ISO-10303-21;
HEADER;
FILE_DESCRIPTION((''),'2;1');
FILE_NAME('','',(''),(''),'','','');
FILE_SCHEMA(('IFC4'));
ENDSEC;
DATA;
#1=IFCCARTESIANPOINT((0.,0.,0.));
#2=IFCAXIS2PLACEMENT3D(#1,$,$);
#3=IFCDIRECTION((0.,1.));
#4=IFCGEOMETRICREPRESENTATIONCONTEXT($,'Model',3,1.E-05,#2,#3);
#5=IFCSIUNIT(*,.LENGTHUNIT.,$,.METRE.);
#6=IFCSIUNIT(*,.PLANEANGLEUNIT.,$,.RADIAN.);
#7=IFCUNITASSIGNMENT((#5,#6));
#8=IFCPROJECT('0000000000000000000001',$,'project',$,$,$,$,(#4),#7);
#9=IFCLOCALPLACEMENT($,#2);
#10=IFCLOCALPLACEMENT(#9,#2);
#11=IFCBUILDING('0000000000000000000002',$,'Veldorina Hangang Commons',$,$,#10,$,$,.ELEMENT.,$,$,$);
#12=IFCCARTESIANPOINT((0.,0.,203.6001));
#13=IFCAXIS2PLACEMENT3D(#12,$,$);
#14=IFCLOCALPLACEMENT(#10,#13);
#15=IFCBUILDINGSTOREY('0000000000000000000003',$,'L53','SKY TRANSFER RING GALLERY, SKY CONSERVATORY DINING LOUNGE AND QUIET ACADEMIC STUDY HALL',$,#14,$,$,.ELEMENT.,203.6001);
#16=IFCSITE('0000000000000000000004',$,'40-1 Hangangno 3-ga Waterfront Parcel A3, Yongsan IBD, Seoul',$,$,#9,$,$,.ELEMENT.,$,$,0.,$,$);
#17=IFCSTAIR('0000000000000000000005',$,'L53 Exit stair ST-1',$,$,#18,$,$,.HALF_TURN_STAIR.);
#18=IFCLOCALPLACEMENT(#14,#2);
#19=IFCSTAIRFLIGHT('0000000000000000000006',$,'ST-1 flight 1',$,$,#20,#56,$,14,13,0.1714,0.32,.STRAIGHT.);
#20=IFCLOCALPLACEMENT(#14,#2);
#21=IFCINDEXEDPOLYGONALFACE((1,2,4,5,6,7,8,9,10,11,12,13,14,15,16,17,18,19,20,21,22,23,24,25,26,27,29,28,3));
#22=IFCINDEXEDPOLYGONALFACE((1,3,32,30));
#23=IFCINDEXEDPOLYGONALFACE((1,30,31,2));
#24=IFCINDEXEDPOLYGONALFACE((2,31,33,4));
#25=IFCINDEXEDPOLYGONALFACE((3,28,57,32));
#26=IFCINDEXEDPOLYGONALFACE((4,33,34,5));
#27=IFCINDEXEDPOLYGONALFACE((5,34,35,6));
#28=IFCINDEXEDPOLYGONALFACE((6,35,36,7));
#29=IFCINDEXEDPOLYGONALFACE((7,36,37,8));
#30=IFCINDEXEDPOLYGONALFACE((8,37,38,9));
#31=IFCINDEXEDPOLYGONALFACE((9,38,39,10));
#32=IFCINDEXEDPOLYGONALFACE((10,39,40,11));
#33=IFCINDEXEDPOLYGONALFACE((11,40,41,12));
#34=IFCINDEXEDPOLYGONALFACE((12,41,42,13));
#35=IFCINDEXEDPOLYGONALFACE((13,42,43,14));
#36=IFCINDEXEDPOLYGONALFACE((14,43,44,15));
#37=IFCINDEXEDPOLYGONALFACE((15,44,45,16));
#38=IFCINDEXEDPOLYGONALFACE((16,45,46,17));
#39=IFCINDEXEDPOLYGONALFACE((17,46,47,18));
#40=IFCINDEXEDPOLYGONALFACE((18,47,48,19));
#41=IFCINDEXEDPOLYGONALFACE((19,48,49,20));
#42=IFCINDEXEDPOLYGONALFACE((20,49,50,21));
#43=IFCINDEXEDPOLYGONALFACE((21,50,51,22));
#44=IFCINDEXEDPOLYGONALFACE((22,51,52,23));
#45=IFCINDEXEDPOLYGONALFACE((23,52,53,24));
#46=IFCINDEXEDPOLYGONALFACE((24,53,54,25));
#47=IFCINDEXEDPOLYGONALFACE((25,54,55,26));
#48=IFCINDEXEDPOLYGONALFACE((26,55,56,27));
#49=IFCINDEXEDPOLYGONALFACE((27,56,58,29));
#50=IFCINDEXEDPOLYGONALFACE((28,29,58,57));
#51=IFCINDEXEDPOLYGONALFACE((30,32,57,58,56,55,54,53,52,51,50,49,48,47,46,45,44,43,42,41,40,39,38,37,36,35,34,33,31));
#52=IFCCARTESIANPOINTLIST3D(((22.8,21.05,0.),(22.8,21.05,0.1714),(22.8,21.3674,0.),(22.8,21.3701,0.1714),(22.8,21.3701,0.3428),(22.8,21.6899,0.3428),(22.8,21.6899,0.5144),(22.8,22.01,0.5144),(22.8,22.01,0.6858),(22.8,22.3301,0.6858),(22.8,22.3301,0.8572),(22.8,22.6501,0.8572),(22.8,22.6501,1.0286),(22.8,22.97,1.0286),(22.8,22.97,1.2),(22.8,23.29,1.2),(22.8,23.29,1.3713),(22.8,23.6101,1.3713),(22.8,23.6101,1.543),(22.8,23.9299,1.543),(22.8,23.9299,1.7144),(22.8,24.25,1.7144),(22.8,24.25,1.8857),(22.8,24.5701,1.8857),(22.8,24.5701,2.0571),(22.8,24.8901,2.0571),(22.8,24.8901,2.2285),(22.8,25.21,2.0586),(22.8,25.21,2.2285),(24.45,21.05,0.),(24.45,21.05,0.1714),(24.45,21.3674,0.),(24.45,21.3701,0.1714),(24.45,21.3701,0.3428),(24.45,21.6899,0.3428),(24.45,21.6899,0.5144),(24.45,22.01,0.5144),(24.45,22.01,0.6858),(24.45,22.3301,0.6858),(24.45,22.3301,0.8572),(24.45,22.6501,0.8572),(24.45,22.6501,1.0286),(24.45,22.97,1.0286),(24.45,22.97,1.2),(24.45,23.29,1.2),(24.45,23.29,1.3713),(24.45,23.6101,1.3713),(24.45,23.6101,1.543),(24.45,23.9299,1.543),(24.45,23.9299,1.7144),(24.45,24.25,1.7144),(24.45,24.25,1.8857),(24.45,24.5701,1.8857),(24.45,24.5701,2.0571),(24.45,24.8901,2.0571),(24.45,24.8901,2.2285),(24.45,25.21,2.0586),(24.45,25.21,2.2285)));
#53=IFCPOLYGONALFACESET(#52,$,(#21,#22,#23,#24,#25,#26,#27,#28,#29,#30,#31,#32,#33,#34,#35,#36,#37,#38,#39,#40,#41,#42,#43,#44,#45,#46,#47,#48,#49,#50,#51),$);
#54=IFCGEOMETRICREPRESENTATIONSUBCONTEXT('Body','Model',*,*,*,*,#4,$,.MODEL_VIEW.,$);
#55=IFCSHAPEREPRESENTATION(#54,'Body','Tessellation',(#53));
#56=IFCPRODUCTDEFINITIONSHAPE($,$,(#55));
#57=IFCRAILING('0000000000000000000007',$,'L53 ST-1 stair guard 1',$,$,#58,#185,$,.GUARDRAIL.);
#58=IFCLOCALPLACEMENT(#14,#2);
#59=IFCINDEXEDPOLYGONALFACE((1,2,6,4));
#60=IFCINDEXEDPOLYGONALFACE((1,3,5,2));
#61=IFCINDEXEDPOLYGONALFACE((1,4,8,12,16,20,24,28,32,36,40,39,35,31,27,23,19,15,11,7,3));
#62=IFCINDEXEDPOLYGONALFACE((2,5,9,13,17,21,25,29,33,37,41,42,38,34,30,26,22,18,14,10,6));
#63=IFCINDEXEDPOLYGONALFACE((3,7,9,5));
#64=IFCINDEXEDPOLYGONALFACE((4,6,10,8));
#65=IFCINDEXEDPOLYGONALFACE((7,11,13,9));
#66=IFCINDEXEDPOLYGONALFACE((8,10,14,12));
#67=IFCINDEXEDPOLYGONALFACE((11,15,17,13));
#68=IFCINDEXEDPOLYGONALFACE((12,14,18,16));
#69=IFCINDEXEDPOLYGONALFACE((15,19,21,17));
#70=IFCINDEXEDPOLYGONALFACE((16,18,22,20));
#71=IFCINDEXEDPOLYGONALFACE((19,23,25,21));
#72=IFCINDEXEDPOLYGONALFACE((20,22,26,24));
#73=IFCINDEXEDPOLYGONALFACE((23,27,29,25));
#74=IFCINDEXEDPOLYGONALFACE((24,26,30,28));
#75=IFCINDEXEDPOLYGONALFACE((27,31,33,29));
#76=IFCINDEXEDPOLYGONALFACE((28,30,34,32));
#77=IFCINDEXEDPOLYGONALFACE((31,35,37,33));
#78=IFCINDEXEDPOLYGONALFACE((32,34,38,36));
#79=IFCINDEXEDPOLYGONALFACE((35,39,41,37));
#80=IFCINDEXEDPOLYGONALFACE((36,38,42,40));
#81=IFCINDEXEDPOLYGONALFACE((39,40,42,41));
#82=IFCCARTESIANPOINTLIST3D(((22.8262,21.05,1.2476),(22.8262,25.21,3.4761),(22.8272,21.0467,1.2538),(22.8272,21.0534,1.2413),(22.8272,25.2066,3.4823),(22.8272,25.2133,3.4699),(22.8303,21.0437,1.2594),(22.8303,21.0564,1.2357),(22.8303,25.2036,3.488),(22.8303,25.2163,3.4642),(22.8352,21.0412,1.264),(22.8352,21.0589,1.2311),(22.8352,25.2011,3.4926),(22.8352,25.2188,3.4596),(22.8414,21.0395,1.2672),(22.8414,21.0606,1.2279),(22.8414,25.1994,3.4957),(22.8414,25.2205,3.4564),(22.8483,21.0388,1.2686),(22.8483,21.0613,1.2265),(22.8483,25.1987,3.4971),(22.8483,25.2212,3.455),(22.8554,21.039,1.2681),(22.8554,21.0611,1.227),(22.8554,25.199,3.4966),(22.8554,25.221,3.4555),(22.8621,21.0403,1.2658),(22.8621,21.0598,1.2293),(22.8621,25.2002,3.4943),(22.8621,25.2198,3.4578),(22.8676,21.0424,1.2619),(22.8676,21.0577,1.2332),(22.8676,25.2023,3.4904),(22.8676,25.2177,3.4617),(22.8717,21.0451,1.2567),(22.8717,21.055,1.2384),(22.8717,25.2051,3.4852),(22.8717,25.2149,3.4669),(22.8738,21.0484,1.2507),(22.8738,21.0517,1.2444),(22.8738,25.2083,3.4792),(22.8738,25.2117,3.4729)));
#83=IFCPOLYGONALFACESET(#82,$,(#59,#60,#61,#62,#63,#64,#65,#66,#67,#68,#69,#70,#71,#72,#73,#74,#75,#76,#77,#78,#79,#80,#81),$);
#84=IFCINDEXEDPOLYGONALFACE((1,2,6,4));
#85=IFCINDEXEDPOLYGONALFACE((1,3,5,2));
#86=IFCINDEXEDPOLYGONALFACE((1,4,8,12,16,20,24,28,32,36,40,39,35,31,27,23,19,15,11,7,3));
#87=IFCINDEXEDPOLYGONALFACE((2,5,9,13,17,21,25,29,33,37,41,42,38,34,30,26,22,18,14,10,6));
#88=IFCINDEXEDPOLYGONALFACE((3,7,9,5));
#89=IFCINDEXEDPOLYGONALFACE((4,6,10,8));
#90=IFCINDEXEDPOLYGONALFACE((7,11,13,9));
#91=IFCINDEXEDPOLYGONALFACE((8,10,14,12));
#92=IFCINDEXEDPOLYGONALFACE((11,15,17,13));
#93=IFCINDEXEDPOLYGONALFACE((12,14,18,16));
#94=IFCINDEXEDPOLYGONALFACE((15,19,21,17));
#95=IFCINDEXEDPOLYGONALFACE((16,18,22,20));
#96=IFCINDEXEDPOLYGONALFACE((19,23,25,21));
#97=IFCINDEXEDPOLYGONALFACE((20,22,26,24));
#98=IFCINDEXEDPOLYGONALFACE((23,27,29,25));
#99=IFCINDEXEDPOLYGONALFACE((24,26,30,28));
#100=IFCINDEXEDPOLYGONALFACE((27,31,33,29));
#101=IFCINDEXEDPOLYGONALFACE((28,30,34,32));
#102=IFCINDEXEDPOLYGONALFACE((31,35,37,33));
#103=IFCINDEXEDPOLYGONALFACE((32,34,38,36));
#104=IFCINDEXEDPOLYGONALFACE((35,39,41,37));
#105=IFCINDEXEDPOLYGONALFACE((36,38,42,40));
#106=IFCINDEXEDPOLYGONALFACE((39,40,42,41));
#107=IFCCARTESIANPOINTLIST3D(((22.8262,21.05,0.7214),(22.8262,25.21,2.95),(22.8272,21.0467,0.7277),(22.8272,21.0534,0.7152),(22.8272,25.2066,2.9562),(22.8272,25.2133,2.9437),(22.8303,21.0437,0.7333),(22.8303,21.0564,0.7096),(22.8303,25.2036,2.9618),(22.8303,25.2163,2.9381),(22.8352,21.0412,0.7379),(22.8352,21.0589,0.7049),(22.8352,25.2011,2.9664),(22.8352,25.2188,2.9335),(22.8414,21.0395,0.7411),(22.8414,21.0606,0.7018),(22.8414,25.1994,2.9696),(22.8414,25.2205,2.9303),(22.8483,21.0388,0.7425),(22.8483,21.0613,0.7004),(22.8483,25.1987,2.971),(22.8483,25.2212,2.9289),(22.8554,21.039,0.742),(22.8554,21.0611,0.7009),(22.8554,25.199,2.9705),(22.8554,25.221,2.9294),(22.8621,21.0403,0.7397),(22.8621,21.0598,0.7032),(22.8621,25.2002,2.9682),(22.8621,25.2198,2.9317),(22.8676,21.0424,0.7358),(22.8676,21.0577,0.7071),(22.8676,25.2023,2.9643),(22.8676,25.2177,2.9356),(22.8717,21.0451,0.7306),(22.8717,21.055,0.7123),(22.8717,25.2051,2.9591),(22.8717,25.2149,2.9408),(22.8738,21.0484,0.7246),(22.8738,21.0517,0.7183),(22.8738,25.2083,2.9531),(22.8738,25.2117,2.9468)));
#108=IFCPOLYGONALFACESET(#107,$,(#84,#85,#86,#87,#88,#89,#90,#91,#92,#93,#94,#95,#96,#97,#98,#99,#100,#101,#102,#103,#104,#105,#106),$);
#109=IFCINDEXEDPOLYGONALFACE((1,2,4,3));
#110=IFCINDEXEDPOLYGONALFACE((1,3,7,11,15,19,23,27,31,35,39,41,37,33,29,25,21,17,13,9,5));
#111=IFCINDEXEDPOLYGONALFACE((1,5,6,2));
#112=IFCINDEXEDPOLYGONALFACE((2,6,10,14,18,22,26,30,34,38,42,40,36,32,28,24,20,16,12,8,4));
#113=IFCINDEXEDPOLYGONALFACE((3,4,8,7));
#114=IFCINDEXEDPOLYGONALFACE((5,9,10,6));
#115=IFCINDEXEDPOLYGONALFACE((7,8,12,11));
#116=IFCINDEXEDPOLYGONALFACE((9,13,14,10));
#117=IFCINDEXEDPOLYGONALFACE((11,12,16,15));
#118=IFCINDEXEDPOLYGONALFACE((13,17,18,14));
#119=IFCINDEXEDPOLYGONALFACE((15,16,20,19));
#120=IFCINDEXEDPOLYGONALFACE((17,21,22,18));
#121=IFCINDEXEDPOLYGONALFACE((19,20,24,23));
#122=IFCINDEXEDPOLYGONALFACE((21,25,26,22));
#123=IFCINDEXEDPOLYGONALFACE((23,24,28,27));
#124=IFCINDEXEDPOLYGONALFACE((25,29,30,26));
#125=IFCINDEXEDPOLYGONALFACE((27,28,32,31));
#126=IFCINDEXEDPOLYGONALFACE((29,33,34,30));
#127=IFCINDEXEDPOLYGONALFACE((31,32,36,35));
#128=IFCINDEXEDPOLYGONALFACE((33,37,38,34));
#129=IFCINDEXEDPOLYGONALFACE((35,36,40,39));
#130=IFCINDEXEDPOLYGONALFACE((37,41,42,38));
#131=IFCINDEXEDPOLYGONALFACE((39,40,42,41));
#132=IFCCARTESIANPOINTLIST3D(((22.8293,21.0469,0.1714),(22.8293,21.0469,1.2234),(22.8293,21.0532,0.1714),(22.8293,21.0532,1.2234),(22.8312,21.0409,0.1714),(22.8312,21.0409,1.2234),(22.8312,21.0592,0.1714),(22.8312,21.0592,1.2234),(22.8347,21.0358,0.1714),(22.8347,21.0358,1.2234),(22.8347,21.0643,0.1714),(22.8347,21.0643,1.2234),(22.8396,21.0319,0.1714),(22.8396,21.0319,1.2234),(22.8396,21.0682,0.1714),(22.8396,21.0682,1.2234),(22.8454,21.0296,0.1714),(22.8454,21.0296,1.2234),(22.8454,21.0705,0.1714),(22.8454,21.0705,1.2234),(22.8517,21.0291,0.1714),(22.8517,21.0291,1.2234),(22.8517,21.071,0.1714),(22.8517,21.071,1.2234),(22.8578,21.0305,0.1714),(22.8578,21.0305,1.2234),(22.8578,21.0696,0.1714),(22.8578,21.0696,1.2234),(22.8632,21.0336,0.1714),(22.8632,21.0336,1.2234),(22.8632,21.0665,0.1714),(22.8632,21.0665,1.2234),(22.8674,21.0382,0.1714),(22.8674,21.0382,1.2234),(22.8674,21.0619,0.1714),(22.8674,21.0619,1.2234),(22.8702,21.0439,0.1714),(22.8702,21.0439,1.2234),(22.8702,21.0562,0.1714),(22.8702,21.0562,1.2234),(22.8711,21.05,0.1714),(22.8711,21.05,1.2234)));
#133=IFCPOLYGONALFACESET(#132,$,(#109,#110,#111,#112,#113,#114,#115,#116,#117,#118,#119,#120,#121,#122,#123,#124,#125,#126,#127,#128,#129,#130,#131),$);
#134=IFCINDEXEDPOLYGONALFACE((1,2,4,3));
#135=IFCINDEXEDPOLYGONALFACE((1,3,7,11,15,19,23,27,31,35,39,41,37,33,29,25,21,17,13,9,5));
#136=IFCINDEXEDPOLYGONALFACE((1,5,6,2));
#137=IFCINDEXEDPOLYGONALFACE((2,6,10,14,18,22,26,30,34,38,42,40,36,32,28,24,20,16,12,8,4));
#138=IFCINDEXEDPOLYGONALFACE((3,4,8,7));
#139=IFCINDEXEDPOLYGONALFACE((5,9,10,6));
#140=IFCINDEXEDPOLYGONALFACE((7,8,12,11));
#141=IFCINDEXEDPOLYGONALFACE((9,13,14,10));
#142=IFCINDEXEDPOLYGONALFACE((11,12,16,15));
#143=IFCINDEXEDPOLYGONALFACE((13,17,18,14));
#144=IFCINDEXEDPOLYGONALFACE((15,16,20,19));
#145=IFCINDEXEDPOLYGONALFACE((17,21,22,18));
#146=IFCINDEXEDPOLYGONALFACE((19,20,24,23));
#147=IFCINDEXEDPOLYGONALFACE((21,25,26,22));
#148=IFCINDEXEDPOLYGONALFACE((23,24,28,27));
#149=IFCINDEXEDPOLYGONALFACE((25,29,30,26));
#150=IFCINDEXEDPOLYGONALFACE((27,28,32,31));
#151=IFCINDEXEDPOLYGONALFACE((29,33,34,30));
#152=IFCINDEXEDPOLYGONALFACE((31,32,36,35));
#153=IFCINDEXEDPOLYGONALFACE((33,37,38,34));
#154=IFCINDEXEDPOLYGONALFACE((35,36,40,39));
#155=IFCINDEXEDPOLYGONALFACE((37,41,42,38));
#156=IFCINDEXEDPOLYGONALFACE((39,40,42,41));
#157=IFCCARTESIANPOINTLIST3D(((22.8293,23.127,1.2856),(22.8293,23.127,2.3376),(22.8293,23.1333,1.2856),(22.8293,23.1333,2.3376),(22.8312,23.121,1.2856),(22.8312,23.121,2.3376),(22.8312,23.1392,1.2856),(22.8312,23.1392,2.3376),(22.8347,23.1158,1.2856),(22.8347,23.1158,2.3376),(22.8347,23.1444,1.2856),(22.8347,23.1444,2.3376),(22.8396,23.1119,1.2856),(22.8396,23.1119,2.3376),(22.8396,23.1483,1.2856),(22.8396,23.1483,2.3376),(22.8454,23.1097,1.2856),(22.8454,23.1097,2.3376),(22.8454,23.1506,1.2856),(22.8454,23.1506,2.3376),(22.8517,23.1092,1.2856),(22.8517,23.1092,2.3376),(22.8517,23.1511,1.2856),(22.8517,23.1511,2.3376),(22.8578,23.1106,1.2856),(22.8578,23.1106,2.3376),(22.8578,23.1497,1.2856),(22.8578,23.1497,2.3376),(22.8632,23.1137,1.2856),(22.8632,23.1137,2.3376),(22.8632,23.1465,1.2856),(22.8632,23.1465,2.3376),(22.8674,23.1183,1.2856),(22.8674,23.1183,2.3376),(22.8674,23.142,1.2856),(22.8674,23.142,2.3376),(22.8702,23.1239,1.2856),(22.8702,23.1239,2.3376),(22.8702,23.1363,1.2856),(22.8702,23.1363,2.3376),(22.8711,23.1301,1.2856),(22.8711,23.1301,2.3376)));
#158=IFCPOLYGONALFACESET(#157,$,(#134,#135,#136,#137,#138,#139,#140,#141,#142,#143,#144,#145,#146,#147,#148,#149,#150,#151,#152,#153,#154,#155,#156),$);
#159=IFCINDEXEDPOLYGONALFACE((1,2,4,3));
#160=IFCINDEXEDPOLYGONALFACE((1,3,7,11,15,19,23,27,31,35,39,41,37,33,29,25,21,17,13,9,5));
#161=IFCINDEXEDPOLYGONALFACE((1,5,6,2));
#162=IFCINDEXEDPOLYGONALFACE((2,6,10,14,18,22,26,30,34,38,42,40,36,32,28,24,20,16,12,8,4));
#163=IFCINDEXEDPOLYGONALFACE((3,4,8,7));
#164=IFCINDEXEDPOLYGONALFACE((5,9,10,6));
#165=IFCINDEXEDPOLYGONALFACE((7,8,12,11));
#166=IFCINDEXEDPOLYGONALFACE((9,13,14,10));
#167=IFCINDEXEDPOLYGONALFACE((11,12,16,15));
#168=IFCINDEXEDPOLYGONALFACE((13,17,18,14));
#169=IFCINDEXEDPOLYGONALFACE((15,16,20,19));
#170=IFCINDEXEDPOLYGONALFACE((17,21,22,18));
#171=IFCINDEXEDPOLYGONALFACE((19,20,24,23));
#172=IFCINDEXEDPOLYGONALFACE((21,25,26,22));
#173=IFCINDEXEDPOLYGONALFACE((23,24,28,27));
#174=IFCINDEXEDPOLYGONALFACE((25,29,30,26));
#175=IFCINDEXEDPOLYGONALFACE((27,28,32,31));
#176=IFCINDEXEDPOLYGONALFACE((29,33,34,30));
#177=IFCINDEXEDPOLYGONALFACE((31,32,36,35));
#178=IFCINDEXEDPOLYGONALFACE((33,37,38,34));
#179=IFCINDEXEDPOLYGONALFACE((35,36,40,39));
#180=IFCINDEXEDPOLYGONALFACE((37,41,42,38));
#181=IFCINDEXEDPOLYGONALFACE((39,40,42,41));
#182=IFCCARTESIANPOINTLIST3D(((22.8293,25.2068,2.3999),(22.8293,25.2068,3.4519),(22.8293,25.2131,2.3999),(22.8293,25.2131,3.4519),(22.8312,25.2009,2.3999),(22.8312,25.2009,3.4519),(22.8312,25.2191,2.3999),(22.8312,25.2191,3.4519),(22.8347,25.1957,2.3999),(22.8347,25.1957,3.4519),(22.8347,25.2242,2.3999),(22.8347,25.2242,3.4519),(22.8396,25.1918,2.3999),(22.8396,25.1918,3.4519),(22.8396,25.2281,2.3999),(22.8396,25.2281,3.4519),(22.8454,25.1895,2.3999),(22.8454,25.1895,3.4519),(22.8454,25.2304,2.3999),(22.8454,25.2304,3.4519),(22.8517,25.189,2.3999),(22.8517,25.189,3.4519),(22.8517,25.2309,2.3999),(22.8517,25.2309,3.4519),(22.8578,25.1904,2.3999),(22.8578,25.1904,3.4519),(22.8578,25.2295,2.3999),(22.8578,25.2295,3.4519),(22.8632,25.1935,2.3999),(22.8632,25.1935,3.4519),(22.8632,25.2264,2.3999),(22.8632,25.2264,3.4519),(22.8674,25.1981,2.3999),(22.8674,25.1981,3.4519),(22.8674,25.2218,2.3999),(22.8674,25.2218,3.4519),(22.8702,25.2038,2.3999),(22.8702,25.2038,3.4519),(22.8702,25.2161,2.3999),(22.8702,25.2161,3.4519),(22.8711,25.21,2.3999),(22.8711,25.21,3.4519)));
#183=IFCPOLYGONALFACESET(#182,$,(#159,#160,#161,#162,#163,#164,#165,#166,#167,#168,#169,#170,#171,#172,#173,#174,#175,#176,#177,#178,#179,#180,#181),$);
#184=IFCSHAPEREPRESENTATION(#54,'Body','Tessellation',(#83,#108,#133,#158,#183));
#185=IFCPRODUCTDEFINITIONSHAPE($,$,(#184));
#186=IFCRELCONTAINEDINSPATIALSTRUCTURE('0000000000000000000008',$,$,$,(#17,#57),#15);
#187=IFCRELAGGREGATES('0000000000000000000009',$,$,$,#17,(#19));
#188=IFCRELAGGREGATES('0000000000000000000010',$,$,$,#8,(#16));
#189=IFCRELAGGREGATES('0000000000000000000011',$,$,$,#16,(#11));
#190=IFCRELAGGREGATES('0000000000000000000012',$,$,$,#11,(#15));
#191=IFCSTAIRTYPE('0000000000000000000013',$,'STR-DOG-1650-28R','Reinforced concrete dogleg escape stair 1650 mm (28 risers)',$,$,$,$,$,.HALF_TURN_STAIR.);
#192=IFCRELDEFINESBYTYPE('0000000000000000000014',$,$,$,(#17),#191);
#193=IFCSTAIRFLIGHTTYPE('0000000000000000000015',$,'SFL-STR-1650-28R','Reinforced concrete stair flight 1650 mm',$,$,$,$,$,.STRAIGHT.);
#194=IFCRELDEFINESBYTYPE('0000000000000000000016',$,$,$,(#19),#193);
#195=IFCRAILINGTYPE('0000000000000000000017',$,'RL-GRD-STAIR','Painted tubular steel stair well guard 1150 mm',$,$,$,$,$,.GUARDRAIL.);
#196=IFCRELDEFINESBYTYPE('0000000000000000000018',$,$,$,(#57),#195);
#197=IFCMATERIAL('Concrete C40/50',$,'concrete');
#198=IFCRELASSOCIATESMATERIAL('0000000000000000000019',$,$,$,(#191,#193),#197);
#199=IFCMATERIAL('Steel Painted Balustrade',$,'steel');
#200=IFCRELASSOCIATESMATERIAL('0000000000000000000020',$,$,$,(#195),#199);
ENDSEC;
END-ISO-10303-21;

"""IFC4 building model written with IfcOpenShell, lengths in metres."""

from ifc_helpers import new_model, si_unit, direction, frame, origin, origin_2d, place, context, subcontext, project, spatial, polyline, circle, outline, extrude, material, type_object, element, aggregate, save


model = new_model("IFC4")

# Units and contexts
model_context = context("Model", 3, precision=1e-05, world=origin(), true_north=direction((0.0, 1.0)))
body_context = subcontext(model_context, "Body", "Model", "MODEL_VIEW")
ifc_project = project(units=[si_unit("LENGTHUNIT", "METRE"), si_unit("PLANEANGLEUNIT", "RADIAN")], contexts=[model_context])

# Site, building, storey
site_placement = place(None, origin())
site = spatial("IfcSite", under=ifc_project, at=site_placement, Name="40-1 Hangangno 3-ga Waterfront Parcel A3, Yongsan IBD, Seoul", CompositionType="ELEMENT", RefElevation=0.0)
building_placement = place(site_placement, origin())
building = spatial("IfcBuilding", under=site, at=building_placement, Name="Veldorina Hangang Commons", CompositionType="ELEMENT")
storey_placement = place(building_placement, frame((0.0, 0.0, 203.6001)))
storey = spatial("IfcBuildingStorey", under=building, at=storey_placement, Name="L53", Description="SKY TRANSFER RING GALLERY, SKY CONSERVATORY DINING LOUNGE AND QUIET ACADEMIC STUDY HALL", CompositionType="ELEMENT", Elevation=203.6001)

# Stair, stair flight
ifc_material_1 = material(Name="Concrete C40/50", Category="concrete")
stair_type = type_object("IfcStairType", Name="STR-DOG-1650-28R", Description="Reinforced concrete dogleg escape stair 1650 mm (28 risers)", PredefinedType="HALF_TURN_STAIR", material=ifc_material_1)
stair_placement = place(storey_placement, origin())
stair = element("IfcStair", 1, at=stair_placement, inside=storey, type_object=stair_type, Name="L53 Exit stair ST-1", PredefinedType="HALF_TURN_STAIR")
stair_flight_type = type_object("IfcStairFlightType", Name="SFL-STR-1650-28R", Description="Reinforced concrete stair flight 1650 mm", PredefinedType="STRAIGHT", material=ifc_material_1)
stair_flight_placement = place(storey_placement, frame((23.625, 21.05, 0.0), z_axis=(0.0, 0.0, 1.0), x_axis=(0.0, 1.0, 0.0)))
stair_flight = element("IfcStairFlight", 2, at=stair_flight_placement, type_object=stair_flight_type, Name="ST-1 flight 1", NumberOfRisers=14, NumberOfTreads=13, PredefinedType="STRAIGHT", RiserHeight=0.1714, TreadLength=0.32, context=body_context, shape_type="SweptSolid", body=[
    extrude(outline(polyline([(0.0, 0.0), (0.0, 0.1714), (0.3201, 0.1714), (0.3201, 0.3428), (0.6399, 0.3428), (0.6399, 0.5144), (0.96, 0.5144), (0.96, 0.6858), (1.28, 0.6858), (1.28, 0.8572), (1.6001, 0.8572), (1.6001, 1.0286), (1.9199, 1.0286), (1.9199, 1.2), (2.24, 1.2), (2.24, 1.3713), (2.5601, 1.3713), (2.5601, 1.543), (2.8799, 1.543), (2.8799, 1.7144), (3.2, 1.7144), (3.2, 1.8857), (3.52, 1.8857), (3.52, 2.0571), (3.8401, 2.0571), (3.8401, 2.2285), (4.1599, 2.2285), (4.1599, 2.3999), (4.1599, 2.0586), (0.3174, 0.0), (0.0, 0.0)])), frame((0.0, 0.825, 0.0), z_axis=(0.0, -1.0, 0.0), x_axis=(1.0, 0.0, 0.0)), (0.0, 0.0, 1.0), 1.6499),
])
aggregate(stair, [stair_flight])

# Railing
ifc_material_2 = material(Name="Steel Painted Balustrade", Category="steel")
railing_type_1 = type_object("IfcRailingType", Name="RL-GRD-STAIR", Description="Painted tubular steel stair well guard 1150 mm", PredefinedType="GUARDRAIL", material=ifc_material_2)
railing_1_placement = place(storey_placement, frame((22.8501, 21.05, 0.1714)))
element("IfcRailing", 3, at=railing_1_placement, inside=storey, type_object=railing_type_1, Name="L53 ST-1 stair guard 1", PredefinedType="GUARDRAIL", context=body_context, shape_type="SweptSolid", body=[
    extrude(circle(Radius=0.0239, at=origin_2d()), frame((0.0, 0.0, 1.0762), z_axis=(0.0, 0.881481, 0.47222), x_axis=(-1.0, 0.0, 0.0)), (0.0, 0.0, 1.0), 4.7192),
    extrude(circle(Radius=0.0239, at=origin_2d()), frame((0.0, 0.0, 0.55), z_axis=(0.0, 0.881481, 0.47222), x_axis=(-1.0, 0.0, 0.0)), (0.0, 0.0, 1.0), 4.7192),
    extrude(circle(Radius=0.021, at=origin_2d()), origin(), (0.0, 0.0, 1.0), 1.052),
    extrude(circle(Radius=0.021, at=origin_2d()), frame((0.0, 2.0801, 1.1143)), (0.0, 0.0, 1.0), 1.052),
    extrude(circle(Radius=0.021, at=origin_2d()), frame((0.0, 4.1599, 2.2285)), (0.0, 0.0, 1.0), 1.052),
])

save(model, "model.ifc")
